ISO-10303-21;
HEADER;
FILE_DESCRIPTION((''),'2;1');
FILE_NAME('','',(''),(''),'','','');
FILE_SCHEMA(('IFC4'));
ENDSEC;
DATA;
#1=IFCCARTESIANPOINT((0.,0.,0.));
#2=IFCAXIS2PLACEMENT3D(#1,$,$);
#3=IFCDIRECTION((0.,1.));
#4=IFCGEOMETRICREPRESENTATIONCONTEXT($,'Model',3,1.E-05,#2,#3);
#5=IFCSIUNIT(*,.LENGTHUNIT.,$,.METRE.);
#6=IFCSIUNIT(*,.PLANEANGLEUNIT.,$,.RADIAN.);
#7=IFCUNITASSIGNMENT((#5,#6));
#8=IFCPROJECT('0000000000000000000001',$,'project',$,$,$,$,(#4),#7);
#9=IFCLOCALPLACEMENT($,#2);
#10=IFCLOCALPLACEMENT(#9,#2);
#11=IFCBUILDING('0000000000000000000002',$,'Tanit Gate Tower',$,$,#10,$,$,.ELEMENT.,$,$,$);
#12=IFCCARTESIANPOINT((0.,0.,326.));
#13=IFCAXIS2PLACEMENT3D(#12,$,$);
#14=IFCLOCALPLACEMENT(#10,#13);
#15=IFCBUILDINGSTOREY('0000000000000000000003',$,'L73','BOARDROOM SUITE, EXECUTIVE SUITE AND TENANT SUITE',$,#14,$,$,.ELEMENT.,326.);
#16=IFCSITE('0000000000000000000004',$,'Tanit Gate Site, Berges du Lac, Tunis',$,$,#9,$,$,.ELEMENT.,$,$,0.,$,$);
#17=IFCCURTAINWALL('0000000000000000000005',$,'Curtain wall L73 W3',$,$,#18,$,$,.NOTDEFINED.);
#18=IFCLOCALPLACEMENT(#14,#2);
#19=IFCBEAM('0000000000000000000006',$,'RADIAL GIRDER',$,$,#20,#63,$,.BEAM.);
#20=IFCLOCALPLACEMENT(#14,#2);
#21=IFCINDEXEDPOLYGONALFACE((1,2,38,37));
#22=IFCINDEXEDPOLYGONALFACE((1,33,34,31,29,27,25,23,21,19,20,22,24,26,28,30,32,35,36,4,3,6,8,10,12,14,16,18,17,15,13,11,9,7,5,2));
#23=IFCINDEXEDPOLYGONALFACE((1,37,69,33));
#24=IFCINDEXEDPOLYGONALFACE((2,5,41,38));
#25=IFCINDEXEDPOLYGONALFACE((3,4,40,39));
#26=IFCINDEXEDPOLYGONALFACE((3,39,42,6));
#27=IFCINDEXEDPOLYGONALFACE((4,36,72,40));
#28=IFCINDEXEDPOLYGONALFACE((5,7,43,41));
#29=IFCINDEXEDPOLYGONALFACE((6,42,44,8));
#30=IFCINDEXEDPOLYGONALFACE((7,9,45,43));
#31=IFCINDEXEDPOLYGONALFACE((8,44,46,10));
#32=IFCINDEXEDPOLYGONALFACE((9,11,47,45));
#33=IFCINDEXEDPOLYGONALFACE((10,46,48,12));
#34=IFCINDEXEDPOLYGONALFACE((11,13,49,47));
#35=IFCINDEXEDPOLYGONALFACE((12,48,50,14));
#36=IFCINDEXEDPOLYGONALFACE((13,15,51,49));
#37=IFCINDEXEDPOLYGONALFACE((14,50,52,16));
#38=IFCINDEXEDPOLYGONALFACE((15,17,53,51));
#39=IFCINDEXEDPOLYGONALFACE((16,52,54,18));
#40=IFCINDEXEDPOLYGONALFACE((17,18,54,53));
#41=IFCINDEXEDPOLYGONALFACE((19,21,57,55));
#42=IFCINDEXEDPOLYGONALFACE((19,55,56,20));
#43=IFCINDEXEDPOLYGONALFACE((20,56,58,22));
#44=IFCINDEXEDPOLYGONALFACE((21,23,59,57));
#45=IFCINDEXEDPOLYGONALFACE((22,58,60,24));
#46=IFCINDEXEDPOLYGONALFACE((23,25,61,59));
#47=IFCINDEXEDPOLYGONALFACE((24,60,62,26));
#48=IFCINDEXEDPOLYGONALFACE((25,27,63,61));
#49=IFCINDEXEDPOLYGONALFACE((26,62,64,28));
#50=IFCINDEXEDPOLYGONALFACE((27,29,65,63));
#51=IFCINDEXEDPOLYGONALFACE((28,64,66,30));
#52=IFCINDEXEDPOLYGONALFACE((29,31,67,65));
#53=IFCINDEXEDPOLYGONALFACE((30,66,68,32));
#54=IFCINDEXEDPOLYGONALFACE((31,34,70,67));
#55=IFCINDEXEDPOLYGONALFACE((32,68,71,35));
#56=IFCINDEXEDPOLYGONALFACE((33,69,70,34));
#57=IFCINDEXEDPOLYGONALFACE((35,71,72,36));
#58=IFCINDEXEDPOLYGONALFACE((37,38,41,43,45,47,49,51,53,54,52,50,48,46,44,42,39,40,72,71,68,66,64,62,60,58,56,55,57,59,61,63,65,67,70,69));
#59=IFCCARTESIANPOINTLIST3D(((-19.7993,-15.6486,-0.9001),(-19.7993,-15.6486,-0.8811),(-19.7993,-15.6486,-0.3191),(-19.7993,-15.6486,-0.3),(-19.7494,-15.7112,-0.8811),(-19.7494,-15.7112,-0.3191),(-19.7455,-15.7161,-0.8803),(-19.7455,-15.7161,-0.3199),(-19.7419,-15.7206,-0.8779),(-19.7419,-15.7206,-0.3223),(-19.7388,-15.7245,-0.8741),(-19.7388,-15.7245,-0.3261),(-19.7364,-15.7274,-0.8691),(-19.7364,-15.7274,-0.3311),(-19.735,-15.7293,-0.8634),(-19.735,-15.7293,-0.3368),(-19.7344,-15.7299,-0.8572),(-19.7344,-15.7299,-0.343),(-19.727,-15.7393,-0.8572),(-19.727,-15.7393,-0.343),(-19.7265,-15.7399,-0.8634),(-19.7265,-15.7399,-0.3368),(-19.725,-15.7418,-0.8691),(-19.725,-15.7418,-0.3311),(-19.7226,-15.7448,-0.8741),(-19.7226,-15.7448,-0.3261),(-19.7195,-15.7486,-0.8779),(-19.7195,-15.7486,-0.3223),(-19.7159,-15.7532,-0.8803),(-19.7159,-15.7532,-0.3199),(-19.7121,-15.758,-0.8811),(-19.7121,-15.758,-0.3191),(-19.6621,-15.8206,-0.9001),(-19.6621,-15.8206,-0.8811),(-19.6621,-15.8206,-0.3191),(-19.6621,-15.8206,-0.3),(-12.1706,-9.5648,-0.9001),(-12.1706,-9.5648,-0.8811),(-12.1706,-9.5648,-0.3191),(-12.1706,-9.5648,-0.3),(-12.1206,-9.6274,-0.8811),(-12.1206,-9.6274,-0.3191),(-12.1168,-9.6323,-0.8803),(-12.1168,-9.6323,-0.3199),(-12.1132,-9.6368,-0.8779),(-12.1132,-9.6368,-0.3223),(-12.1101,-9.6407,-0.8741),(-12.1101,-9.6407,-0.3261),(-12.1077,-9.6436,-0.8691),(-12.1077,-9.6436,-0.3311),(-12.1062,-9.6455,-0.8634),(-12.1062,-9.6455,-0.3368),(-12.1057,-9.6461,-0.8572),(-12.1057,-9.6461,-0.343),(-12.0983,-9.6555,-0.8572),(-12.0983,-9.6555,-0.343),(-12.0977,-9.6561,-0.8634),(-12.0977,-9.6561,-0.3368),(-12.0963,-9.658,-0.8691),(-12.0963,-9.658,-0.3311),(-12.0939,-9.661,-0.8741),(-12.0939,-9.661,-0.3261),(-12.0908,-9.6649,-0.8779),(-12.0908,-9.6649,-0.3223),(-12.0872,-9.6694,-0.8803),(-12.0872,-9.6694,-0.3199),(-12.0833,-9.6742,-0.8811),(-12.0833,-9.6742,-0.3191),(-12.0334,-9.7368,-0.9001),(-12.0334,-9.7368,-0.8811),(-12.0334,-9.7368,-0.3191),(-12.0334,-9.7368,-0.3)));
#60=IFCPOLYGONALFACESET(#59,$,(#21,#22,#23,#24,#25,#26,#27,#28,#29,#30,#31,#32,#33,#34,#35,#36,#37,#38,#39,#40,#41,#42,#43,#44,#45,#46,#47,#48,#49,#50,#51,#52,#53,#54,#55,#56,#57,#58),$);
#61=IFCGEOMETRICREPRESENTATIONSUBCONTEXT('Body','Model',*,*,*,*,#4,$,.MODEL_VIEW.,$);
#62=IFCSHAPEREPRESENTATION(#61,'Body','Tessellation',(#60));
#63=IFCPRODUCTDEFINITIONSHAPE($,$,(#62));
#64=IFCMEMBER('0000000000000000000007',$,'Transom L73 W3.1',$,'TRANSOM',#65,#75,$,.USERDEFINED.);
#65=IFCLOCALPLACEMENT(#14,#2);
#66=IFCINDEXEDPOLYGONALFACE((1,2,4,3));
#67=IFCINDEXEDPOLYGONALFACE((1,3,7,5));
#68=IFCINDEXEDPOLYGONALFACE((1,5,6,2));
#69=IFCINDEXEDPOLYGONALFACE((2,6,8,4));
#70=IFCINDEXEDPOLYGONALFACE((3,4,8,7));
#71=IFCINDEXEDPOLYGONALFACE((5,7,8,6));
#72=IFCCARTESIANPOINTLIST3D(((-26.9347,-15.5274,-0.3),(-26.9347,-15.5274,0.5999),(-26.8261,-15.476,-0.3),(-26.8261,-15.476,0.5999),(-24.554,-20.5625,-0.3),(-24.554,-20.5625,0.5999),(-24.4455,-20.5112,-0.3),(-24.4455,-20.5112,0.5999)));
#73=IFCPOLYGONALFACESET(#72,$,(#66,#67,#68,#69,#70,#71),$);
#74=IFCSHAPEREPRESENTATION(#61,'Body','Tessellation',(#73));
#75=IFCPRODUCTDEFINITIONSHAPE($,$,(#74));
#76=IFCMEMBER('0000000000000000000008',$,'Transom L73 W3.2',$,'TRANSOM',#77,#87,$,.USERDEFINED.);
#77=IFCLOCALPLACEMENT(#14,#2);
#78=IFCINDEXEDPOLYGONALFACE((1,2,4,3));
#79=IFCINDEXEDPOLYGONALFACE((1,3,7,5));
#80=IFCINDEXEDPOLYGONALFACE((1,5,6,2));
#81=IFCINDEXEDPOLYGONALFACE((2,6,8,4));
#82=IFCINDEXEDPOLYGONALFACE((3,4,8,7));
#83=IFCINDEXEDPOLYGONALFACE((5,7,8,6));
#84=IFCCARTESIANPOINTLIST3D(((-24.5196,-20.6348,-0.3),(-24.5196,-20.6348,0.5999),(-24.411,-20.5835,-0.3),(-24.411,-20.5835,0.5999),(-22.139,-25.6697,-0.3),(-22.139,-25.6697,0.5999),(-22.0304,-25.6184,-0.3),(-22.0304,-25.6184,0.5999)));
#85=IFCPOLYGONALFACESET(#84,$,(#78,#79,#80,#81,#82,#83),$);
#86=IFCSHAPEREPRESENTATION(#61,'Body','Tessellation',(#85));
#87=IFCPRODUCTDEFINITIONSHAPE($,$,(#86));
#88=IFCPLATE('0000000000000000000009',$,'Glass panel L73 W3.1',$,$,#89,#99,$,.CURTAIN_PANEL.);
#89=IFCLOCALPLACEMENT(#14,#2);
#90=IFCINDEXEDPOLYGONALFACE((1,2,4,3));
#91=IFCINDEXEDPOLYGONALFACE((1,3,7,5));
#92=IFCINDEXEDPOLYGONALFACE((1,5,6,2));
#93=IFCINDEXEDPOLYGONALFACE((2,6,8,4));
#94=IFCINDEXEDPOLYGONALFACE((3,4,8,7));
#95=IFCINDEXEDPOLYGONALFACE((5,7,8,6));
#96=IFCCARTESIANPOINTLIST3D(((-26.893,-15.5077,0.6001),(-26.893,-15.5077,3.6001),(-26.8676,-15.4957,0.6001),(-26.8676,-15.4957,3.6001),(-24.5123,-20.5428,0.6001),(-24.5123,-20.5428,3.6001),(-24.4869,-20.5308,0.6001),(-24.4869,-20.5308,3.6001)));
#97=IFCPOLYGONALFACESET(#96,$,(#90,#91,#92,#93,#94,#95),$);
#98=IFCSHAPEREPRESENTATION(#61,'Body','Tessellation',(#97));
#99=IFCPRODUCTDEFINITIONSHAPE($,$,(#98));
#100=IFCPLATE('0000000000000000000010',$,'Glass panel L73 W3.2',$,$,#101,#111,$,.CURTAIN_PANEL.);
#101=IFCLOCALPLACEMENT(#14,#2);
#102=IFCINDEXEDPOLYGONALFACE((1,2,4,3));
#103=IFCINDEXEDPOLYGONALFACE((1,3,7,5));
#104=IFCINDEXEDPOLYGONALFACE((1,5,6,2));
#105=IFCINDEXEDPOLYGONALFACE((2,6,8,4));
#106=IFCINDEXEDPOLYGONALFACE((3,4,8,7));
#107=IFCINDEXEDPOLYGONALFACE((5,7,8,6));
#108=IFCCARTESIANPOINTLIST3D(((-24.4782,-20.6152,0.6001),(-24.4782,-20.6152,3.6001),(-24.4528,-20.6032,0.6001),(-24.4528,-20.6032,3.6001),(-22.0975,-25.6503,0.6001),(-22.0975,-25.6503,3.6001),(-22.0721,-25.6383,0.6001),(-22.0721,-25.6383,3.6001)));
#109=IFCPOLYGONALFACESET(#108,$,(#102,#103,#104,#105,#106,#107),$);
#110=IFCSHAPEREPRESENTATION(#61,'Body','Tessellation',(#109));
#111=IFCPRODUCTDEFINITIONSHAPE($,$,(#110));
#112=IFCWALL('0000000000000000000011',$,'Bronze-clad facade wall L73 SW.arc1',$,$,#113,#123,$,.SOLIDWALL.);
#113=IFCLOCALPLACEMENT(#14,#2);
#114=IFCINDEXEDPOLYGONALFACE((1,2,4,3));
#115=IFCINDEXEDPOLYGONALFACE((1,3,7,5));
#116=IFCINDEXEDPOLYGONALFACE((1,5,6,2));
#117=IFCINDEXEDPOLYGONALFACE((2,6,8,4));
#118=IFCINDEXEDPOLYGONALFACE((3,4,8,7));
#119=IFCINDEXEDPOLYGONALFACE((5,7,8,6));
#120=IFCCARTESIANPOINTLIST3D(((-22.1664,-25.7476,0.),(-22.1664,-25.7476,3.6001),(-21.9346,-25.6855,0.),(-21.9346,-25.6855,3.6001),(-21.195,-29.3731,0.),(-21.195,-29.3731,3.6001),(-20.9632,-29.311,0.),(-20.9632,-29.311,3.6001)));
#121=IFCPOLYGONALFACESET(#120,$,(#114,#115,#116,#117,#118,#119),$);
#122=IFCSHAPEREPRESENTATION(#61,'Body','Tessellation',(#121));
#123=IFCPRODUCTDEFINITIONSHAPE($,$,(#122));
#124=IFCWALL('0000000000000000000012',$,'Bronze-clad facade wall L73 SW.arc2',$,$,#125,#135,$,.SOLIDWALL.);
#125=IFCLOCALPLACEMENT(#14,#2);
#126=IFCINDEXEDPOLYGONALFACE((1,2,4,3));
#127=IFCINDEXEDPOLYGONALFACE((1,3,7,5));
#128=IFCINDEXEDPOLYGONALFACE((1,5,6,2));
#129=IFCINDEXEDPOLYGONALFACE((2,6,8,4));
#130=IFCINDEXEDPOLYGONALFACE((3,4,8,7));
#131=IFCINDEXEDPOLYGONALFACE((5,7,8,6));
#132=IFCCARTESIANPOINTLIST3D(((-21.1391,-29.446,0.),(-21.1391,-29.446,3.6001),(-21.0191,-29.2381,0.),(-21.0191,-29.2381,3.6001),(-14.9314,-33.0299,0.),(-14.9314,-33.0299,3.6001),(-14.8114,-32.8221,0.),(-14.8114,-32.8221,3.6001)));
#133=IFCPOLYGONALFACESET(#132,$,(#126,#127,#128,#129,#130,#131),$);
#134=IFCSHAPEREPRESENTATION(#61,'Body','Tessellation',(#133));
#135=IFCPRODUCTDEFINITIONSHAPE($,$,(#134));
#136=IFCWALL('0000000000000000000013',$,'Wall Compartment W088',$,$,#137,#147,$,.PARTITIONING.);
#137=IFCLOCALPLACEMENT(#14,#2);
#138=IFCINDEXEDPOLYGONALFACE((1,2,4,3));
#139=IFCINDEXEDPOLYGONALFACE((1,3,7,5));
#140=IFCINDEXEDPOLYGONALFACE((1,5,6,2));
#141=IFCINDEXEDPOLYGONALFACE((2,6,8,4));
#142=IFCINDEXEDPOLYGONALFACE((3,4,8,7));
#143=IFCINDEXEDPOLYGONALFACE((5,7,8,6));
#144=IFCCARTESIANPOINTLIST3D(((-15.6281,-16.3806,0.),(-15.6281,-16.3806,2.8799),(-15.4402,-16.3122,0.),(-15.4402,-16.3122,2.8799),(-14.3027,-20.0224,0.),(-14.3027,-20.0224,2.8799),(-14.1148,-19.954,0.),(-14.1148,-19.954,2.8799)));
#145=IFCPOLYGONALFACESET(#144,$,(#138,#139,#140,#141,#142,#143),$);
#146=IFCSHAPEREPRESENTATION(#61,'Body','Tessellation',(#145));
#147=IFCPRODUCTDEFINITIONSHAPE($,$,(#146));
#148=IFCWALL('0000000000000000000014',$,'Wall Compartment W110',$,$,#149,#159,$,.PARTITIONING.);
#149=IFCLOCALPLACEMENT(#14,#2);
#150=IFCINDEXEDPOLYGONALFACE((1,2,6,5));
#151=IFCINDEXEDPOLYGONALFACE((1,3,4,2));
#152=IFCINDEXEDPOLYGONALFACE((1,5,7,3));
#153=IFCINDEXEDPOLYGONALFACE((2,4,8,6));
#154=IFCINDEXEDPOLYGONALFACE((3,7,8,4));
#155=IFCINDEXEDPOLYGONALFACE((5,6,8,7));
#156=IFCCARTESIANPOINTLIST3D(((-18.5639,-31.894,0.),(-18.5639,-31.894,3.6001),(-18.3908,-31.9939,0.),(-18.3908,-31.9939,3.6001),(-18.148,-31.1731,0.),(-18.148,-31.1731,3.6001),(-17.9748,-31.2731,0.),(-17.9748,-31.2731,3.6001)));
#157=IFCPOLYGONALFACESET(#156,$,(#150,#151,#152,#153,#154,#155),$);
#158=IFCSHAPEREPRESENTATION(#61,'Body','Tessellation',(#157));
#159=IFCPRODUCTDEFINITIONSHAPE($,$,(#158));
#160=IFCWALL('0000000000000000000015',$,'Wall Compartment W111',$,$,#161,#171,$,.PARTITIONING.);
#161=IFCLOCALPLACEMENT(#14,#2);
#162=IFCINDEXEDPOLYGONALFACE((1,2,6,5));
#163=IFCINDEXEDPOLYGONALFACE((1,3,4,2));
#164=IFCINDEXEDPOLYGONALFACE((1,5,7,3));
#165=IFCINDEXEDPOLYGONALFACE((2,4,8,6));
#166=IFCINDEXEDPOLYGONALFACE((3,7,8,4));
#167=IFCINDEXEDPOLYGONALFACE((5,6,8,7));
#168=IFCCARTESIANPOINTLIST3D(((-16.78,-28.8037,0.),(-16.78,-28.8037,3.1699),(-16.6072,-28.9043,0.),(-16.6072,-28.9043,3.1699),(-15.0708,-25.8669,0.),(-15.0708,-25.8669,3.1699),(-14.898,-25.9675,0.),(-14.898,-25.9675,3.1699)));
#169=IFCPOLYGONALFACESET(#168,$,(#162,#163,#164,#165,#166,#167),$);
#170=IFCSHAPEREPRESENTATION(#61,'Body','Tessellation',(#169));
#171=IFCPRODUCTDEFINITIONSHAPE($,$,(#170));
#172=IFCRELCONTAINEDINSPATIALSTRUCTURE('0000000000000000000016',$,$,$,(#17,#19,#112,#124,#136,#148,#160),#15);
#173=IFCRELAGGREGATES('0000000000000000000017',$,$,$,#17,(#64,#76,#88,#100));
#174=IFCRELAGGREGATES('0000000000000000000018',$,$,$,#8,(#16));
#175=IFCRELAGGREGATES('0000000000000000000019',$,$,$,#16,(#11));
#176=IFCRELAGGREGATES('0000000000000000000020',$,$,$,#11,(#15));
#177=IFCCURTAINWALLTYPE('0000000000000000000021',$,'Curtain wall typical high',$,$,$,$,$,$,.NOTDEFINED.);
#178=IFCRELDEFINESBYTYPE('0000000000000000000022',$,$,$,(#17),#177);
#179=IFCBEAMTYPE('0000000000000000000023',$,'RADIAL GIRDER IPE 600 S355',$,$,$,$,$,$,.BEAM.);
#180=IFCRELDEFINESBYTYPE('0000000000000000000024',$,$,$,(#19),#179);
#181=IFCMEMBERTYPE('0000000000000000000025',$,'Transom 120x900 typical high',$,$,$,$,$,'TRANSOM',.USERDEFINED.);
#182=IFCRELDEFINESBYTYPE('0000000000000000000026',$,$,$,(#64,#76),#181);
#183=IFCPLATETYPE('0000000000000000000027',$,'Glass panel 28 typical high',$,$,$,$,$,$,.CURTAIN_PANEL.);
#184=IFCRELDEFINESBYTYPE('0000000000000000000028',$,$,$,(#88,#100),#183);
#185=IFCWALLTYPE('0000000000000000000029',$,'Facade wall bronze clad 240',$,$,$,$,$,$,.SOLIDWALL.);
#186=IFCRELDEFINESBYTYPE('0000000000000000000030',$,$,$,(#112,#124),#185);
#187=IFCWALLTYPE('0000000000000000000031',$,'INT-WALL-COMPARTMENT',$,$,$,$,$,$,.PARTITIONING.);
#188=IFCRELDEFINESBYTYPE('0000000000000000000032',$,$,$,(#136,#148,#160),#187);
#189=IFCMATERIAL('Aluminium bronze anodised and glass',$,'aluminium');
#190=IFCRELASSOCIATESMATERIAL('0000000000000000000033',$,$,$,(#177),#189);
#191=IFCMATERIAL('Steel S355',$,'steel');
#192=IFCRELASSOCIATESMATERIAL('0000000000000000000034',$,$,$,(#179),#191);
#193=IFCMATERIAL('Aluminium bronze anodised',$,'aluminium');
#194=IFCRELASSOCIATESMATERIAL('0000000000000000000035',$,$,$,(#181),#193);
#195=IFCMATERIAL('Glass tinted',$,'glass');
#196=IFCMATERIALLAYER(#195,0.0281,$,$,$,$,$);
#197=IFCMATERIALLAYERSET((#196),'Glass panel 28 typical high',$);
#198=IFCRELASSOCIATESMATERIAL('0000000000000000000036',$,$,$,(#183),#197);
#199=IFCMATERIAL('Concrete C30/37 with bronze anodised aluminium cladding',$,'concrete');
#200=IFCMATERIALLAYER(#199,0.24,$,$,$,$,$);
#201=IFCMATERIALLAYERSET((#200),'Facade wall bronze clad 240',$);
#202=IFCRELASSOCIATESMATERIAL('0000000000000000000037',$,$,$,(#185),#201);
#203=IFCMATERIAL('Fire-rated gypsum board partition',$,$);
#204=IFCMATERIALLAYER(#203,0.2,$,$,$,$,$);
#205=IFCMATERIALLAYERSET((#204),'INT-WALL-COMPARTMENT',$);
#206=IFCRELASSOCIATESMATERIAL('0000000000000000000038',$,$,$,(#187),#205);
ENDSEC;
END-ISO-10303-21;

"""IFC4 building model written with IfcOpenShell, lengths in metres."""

from ifc_helpers import new_model, si_unit, direction, frame, frame_2d, origin, origin_2d, place, context, subcontext, project, spatial, rectangle, i_section, extrude, material, layer, layer_set, material_profile, profile_set, type_object, element, aggregate, save


model = new_model("IFC4")

# Units and contexts
model_context = context("Model", 3, precision=1e-05, world=origin(), true_north=direction((0.0, 1.0)))
body_context = subcontext(model_context, "Body", "Model", "MODEL_VIEW")
ifc_project = project(units=[si_unit("LENGTHUNIT", "METRE"), si_unit("PLANEANGLEUNIT", "RADIAN")], contexts=[model_context])

# Site, building, storey
site_placement = place(None, origin())
site = spatial("IfcSite", under=ifc_project, at=site_placement, Name="Tanit Gate Site, Berges du Lac, Tunis", CompositionType="ELEMENT", RefElevation=0.0)
building_placement = place(site_placement, origin())
building = spatial("IfcBuilding", under=site, at=building_placement, Name="Tanit Gate Tower", CompositionType="ELEMENT")
storey_placement = place(building_placement, frame((0.0, 0.0, 326.0)))
storey = spatial("IfcBuildingStorey", under=building, at=storey_placement, Name="L73", Description="BOARDROOM SUITE, EXECUTIVE SUITE AND TENANT SUITE", CompositionType="ELEMENT", Elevation=326.0)

# Curtain wall
ifc_material_1 = material(Name="Aluminium bronze anodised and glass", Category="aluminium")
curtain_wall_type = type_object("IfcCurtainWallType", Name="Curtain wall typical high", PredefinedType="NOTDEFINED", material=ifc_material_1)
curtain_wall_placement = place(storey_placement, origin())
curtain_wall = element("IfcCurtainWall", 1, at=curtain_wall_placement, inside=storey, type_object=curtain_wall_type, Name="Curtain wall L73 W3", PredefinedType="NOTDEFINED")

# Beam
ifc_material_2 = material(Name="Steel S355", Category="steel")
ifc_material_profile_1 = material_profile(ifc_material_2, i_section(OverallWidth=0.22, OverallDepth=0.6001, WebThickness=0.012, FlangeThickness=0.019, FilletRadius=0.0239, at=origin_2d()), Name="IPE 600")
ifc_profile_set_1 = profile_set([ifc_material_profile_1], Name="Steel S355")
beam_type_1 = type_object("IfcBeamType", Name="RADIAL GIRDER IPE 600 S355", PredefinedType="BEAM", material=ifc_profile_set_1)
beam_1_placement = place(storey_placement, frame((-19.7307, -15.7346, -0.6001), z_axis=(0.781827, 0.623495, 0.0), x_axis=(-0.623495, 0.781827, 0.0)))
element("IfcBeam", 2, at=beam_1_placement, inside=storey, type_object=beam_type_1, Name="RADIAL GIRDER", PredefinedType="BEAM", context=body_context, shape_type="SweptSolid", body=[
    extrude(i_section(OverallWidth=0.22, OverallDepth=0.6001, WebThickness=0.012, FlangeThickness=0.019, FilletRadius=0.0239, at=origin_2d()), origin(), (0.0, 0.0, 1.0), 9.7576),
])

# Members
ifc_material_3 = material(Name="Aluminium bronze anodised", Category="aluminium")
ifc_material_profile_2 = material_profile(ifc_material_3, rectangle(XDim=0.1201, YDim=0.8999, at=origin_2d()), Name="120x900 bronze transom")
ifc_profile_set_2 = profile_set([ifc_material_profile_2], Name="Aluminium bronze anodised")
member_type_1 = type_object("IfcMemberType", Name="Transom 120x900 typical high", ElementType="TRANSOM", PredefinedType="USERDEFINED", material=ifc_profile_set_2)
member_1_placement = place(storey_placement, frame((-26.8804, -15.5017, 0.1499), z_axis=(0.427432, -0.904047, 0.0), x_axis=(0.904047, 0.427432, 0.0)))
member_1 = element("IfcMember", 3, at=member_1_placement, type_object=member_type_1, Name="Transom L73 W3.1", ObjectType="TRANSOM", PredefinedType="USERDEFINED", context=body_context, shape_type="SweptSolid", body=[
    extrude(rectangle(XDim=0.1201, YDim=0.8999, at=origin_2d()), origin(), (0.0, 0.0, 1.0), 5.5696),
])
member_2_placement = place(storey_placement, frame((-24.4653, -20.6091, 0.1499), z_axis=(0.427449, -0.904039, 0.0), x_axis=(0.904039, 0.427449, 0.0)))
member_2 = element("IfcMember", 4, at=member_2_placement, type_object=member_type_1, Name="Transom L73 W3.2", ObjectType="TRANSOM", PredefinedType="USERDEFINED", context=body_context, shape_type="SweptSolid", body=[
    extrude(rectangle(XDim=0.1201, YDim=0.8999, at=origin_2d()), origin(), (0.0, 0.0, 1.0), 5.5693),
])

# Plates
ifc_material_4 = material(Name="Glass tinted", Category="glass")
ifc_layer_1 = layer(ifc_material_4, 0.0281)
ifc_layer_set_1 = layer_set([ifc_layer_1], Name="Glass panel 28 typical high")
plate_type = type_object("IfcPlateType", Name="Glass panel 28 typical high", PredefinedType="CURTAIN_PANEL", material=ifc_layer_set_1)
plate_1_placement = place(storey_placement, frame((-25.6899, -18.0193, 0.6001), z_axis=(0.0, 0.0, 1.0), x_axis=(0.427456, -0.904036, 0.0)))
plate_1 = element("IfcPlate", 5, at=plate_1_placement, type_object=plate_type, Name="Glass panel L73 W3.1", PredefinedType="CURTAIN_PANEL", context=body_context, shape_type="SweptSolid", body=[
    extrude(rectangle(XDim=5.5696, YDim=0.0281, at=origin_2d()), origin(), (0.0, 0.0, 1.0), 3.0),
])
plate_2_placement = place(storey_placement, frame((-23.2751, -23.1267, 0.6001), z_axis=(0.0, 0.0, 1.0), x_axis=(0.427456, -0.904036, 0.0)))
plate_2 = element("IfcPlate", 6, at=plate_2_placement, type_object=plate_type, Name="Glass panel L73 W3.2", PredefinedType="CURTAIN_PANEL", context=body_context, shape_type="SweptSolid", body=[
    extrude(rectangle(XDim=5.5696, YDim=0.0281, at=origin_2d()), origin(), (0.0, 0.0, 1.0), 3.0),
])
aggregate(curtain_wall, [member_1, member_2, plate_1, plate_2])

# Walls
ifc_material_5 = material(Name="Concrete C30/37 with bronze anodised aluminium cladding", Category="concrete")
ifc_layer_2 = layer(ifc_material_5, 0.24)
ifc_layer_set_2 = layer_set([ifc_layer_2], Name="Facade wall bronze clad 240")
wall_type_1 = type_object("IfcWallType", Name="Facade wall bronze clad 240", PredefinedType="SOLIDWALL", material=ifc_layer_set_2)
wall_1_placement = place(storey_placement, frame((-22.0505, -25.7166, 0.0), z_axis=(0.0, 0.0, 1.0), x_axis=(0.258816, -0.965927, 0.0)))
element("IfcWall", 7, at=wall_1_placement, inside=storey, type_object=wall_type_1, Name="Bronze-clad facade wall L73 SW.arc1", PredefinedType="SOLIDWALL", context=body_context, shape_type="SweptSolid", body=[
    extrude(rectangle(XDim=3.7534, YDim=0.24, at=frame_2d((1.8767, 0.0))), origin(), (0.0, 0.0, 1.0), 3.6001),
])
wall_2_placement = place(storey_placement, frame((-21.0791, -29.342, 0.0), z_axis=(0.0, 0.0, 1.0), x_axis=(0.86603, -0.499993, 0.0)))
element("IfcWall", 8, at=wall_2_placement, inside=storey, type_object=wall_type_1, Name="Bronze-clad facade wall L73 SW.arc2", PredefinedType="SOLIDWALL", context=body_context, shape_type="SweptSolid", body=[
    extrude(rectangle(XDim=7.168, YDim=0.24, at=frame_2d((3.584, 0.0))), origin(), (0.0, 0.0, 1.0), 3.6001),
])
ifc_material_6 = material(Name="Fire-rated gypsum board partition")
ifc_layer_3 = layer(ifc_material_6, 0.2)
ifc_layer_set_3 = layer_set([ifc_layer_3], Name="INT-WALL-COMPARTMENT")
wall_type_2 = type_object("IfcWallType", Name="INT-WALL-COMPARTMENT", PredefinedType="PARTITIONING", material=ifc_layer_set_3)
wall_3_placement = place(storey_placement, frame((-15.5342, -16.3464, 0.0), z_axis=(0.0, 0.0, 1.0), x_axis=(0.342001, -0.9397, 0.0)))
element("IfcWall", 9, at=wall_3_placement, inside=storey, type_object=wall_type_2, Name="Wall Compartment W088", PredefinedType="PARTITIONING", context=body_context, shape_type="SweptSolid", body=[
    extrude(rectangle(XDim=3.8755, YDim=0.2, at=frame_2d((1.9377, 0.0))), origin(), (0.0, 0.0, 1.0), 2.8799),
])
wall_4_placement = place(storey_placement, frame((-18.4773, -31.9438, 0.0), z_axis=(0.0, 0.0, 1.0), x_axis=(0.499799, 0.866142, 0.0)))
element("IfcWall", 10, at=wall_4_placement, inside=storey, type_object=wall_type_2, Name="Wall Compartment W110", PredefinedType="PARTITIONING", context=body_context, shape_type="SweptSolid", body=[
    extrude(rectangle(XDim=0.8323, YDim=0.2, at=frame_2d((0.416, 0.0))), origin(), (0.0, 0.0, 1.0), 3.6001),
])
wall_5_placement = place(storey_placement, frame((-16.6936, -28.854, 0.0), z_axis=(0.0, 0.0, 1.0), x_axis=(0.503018, 0.864276, 0.0)))
element("IfcWall", 11, at=wall_5_placement, inside=storey, type_object=wall_type_2, Name="Wall Compartment W111", PredefinedType="PARTITIONING", context=body_context, shape_type="SweptSolid", body=[
    extrude(rectangle(XDim=3.3979, YDim=0.2, at=frame_2d((1.699, 0.0))), origin(), (0.0, 0.0, 1.0), 3.1699),
])

save(model, "model.ifc")
